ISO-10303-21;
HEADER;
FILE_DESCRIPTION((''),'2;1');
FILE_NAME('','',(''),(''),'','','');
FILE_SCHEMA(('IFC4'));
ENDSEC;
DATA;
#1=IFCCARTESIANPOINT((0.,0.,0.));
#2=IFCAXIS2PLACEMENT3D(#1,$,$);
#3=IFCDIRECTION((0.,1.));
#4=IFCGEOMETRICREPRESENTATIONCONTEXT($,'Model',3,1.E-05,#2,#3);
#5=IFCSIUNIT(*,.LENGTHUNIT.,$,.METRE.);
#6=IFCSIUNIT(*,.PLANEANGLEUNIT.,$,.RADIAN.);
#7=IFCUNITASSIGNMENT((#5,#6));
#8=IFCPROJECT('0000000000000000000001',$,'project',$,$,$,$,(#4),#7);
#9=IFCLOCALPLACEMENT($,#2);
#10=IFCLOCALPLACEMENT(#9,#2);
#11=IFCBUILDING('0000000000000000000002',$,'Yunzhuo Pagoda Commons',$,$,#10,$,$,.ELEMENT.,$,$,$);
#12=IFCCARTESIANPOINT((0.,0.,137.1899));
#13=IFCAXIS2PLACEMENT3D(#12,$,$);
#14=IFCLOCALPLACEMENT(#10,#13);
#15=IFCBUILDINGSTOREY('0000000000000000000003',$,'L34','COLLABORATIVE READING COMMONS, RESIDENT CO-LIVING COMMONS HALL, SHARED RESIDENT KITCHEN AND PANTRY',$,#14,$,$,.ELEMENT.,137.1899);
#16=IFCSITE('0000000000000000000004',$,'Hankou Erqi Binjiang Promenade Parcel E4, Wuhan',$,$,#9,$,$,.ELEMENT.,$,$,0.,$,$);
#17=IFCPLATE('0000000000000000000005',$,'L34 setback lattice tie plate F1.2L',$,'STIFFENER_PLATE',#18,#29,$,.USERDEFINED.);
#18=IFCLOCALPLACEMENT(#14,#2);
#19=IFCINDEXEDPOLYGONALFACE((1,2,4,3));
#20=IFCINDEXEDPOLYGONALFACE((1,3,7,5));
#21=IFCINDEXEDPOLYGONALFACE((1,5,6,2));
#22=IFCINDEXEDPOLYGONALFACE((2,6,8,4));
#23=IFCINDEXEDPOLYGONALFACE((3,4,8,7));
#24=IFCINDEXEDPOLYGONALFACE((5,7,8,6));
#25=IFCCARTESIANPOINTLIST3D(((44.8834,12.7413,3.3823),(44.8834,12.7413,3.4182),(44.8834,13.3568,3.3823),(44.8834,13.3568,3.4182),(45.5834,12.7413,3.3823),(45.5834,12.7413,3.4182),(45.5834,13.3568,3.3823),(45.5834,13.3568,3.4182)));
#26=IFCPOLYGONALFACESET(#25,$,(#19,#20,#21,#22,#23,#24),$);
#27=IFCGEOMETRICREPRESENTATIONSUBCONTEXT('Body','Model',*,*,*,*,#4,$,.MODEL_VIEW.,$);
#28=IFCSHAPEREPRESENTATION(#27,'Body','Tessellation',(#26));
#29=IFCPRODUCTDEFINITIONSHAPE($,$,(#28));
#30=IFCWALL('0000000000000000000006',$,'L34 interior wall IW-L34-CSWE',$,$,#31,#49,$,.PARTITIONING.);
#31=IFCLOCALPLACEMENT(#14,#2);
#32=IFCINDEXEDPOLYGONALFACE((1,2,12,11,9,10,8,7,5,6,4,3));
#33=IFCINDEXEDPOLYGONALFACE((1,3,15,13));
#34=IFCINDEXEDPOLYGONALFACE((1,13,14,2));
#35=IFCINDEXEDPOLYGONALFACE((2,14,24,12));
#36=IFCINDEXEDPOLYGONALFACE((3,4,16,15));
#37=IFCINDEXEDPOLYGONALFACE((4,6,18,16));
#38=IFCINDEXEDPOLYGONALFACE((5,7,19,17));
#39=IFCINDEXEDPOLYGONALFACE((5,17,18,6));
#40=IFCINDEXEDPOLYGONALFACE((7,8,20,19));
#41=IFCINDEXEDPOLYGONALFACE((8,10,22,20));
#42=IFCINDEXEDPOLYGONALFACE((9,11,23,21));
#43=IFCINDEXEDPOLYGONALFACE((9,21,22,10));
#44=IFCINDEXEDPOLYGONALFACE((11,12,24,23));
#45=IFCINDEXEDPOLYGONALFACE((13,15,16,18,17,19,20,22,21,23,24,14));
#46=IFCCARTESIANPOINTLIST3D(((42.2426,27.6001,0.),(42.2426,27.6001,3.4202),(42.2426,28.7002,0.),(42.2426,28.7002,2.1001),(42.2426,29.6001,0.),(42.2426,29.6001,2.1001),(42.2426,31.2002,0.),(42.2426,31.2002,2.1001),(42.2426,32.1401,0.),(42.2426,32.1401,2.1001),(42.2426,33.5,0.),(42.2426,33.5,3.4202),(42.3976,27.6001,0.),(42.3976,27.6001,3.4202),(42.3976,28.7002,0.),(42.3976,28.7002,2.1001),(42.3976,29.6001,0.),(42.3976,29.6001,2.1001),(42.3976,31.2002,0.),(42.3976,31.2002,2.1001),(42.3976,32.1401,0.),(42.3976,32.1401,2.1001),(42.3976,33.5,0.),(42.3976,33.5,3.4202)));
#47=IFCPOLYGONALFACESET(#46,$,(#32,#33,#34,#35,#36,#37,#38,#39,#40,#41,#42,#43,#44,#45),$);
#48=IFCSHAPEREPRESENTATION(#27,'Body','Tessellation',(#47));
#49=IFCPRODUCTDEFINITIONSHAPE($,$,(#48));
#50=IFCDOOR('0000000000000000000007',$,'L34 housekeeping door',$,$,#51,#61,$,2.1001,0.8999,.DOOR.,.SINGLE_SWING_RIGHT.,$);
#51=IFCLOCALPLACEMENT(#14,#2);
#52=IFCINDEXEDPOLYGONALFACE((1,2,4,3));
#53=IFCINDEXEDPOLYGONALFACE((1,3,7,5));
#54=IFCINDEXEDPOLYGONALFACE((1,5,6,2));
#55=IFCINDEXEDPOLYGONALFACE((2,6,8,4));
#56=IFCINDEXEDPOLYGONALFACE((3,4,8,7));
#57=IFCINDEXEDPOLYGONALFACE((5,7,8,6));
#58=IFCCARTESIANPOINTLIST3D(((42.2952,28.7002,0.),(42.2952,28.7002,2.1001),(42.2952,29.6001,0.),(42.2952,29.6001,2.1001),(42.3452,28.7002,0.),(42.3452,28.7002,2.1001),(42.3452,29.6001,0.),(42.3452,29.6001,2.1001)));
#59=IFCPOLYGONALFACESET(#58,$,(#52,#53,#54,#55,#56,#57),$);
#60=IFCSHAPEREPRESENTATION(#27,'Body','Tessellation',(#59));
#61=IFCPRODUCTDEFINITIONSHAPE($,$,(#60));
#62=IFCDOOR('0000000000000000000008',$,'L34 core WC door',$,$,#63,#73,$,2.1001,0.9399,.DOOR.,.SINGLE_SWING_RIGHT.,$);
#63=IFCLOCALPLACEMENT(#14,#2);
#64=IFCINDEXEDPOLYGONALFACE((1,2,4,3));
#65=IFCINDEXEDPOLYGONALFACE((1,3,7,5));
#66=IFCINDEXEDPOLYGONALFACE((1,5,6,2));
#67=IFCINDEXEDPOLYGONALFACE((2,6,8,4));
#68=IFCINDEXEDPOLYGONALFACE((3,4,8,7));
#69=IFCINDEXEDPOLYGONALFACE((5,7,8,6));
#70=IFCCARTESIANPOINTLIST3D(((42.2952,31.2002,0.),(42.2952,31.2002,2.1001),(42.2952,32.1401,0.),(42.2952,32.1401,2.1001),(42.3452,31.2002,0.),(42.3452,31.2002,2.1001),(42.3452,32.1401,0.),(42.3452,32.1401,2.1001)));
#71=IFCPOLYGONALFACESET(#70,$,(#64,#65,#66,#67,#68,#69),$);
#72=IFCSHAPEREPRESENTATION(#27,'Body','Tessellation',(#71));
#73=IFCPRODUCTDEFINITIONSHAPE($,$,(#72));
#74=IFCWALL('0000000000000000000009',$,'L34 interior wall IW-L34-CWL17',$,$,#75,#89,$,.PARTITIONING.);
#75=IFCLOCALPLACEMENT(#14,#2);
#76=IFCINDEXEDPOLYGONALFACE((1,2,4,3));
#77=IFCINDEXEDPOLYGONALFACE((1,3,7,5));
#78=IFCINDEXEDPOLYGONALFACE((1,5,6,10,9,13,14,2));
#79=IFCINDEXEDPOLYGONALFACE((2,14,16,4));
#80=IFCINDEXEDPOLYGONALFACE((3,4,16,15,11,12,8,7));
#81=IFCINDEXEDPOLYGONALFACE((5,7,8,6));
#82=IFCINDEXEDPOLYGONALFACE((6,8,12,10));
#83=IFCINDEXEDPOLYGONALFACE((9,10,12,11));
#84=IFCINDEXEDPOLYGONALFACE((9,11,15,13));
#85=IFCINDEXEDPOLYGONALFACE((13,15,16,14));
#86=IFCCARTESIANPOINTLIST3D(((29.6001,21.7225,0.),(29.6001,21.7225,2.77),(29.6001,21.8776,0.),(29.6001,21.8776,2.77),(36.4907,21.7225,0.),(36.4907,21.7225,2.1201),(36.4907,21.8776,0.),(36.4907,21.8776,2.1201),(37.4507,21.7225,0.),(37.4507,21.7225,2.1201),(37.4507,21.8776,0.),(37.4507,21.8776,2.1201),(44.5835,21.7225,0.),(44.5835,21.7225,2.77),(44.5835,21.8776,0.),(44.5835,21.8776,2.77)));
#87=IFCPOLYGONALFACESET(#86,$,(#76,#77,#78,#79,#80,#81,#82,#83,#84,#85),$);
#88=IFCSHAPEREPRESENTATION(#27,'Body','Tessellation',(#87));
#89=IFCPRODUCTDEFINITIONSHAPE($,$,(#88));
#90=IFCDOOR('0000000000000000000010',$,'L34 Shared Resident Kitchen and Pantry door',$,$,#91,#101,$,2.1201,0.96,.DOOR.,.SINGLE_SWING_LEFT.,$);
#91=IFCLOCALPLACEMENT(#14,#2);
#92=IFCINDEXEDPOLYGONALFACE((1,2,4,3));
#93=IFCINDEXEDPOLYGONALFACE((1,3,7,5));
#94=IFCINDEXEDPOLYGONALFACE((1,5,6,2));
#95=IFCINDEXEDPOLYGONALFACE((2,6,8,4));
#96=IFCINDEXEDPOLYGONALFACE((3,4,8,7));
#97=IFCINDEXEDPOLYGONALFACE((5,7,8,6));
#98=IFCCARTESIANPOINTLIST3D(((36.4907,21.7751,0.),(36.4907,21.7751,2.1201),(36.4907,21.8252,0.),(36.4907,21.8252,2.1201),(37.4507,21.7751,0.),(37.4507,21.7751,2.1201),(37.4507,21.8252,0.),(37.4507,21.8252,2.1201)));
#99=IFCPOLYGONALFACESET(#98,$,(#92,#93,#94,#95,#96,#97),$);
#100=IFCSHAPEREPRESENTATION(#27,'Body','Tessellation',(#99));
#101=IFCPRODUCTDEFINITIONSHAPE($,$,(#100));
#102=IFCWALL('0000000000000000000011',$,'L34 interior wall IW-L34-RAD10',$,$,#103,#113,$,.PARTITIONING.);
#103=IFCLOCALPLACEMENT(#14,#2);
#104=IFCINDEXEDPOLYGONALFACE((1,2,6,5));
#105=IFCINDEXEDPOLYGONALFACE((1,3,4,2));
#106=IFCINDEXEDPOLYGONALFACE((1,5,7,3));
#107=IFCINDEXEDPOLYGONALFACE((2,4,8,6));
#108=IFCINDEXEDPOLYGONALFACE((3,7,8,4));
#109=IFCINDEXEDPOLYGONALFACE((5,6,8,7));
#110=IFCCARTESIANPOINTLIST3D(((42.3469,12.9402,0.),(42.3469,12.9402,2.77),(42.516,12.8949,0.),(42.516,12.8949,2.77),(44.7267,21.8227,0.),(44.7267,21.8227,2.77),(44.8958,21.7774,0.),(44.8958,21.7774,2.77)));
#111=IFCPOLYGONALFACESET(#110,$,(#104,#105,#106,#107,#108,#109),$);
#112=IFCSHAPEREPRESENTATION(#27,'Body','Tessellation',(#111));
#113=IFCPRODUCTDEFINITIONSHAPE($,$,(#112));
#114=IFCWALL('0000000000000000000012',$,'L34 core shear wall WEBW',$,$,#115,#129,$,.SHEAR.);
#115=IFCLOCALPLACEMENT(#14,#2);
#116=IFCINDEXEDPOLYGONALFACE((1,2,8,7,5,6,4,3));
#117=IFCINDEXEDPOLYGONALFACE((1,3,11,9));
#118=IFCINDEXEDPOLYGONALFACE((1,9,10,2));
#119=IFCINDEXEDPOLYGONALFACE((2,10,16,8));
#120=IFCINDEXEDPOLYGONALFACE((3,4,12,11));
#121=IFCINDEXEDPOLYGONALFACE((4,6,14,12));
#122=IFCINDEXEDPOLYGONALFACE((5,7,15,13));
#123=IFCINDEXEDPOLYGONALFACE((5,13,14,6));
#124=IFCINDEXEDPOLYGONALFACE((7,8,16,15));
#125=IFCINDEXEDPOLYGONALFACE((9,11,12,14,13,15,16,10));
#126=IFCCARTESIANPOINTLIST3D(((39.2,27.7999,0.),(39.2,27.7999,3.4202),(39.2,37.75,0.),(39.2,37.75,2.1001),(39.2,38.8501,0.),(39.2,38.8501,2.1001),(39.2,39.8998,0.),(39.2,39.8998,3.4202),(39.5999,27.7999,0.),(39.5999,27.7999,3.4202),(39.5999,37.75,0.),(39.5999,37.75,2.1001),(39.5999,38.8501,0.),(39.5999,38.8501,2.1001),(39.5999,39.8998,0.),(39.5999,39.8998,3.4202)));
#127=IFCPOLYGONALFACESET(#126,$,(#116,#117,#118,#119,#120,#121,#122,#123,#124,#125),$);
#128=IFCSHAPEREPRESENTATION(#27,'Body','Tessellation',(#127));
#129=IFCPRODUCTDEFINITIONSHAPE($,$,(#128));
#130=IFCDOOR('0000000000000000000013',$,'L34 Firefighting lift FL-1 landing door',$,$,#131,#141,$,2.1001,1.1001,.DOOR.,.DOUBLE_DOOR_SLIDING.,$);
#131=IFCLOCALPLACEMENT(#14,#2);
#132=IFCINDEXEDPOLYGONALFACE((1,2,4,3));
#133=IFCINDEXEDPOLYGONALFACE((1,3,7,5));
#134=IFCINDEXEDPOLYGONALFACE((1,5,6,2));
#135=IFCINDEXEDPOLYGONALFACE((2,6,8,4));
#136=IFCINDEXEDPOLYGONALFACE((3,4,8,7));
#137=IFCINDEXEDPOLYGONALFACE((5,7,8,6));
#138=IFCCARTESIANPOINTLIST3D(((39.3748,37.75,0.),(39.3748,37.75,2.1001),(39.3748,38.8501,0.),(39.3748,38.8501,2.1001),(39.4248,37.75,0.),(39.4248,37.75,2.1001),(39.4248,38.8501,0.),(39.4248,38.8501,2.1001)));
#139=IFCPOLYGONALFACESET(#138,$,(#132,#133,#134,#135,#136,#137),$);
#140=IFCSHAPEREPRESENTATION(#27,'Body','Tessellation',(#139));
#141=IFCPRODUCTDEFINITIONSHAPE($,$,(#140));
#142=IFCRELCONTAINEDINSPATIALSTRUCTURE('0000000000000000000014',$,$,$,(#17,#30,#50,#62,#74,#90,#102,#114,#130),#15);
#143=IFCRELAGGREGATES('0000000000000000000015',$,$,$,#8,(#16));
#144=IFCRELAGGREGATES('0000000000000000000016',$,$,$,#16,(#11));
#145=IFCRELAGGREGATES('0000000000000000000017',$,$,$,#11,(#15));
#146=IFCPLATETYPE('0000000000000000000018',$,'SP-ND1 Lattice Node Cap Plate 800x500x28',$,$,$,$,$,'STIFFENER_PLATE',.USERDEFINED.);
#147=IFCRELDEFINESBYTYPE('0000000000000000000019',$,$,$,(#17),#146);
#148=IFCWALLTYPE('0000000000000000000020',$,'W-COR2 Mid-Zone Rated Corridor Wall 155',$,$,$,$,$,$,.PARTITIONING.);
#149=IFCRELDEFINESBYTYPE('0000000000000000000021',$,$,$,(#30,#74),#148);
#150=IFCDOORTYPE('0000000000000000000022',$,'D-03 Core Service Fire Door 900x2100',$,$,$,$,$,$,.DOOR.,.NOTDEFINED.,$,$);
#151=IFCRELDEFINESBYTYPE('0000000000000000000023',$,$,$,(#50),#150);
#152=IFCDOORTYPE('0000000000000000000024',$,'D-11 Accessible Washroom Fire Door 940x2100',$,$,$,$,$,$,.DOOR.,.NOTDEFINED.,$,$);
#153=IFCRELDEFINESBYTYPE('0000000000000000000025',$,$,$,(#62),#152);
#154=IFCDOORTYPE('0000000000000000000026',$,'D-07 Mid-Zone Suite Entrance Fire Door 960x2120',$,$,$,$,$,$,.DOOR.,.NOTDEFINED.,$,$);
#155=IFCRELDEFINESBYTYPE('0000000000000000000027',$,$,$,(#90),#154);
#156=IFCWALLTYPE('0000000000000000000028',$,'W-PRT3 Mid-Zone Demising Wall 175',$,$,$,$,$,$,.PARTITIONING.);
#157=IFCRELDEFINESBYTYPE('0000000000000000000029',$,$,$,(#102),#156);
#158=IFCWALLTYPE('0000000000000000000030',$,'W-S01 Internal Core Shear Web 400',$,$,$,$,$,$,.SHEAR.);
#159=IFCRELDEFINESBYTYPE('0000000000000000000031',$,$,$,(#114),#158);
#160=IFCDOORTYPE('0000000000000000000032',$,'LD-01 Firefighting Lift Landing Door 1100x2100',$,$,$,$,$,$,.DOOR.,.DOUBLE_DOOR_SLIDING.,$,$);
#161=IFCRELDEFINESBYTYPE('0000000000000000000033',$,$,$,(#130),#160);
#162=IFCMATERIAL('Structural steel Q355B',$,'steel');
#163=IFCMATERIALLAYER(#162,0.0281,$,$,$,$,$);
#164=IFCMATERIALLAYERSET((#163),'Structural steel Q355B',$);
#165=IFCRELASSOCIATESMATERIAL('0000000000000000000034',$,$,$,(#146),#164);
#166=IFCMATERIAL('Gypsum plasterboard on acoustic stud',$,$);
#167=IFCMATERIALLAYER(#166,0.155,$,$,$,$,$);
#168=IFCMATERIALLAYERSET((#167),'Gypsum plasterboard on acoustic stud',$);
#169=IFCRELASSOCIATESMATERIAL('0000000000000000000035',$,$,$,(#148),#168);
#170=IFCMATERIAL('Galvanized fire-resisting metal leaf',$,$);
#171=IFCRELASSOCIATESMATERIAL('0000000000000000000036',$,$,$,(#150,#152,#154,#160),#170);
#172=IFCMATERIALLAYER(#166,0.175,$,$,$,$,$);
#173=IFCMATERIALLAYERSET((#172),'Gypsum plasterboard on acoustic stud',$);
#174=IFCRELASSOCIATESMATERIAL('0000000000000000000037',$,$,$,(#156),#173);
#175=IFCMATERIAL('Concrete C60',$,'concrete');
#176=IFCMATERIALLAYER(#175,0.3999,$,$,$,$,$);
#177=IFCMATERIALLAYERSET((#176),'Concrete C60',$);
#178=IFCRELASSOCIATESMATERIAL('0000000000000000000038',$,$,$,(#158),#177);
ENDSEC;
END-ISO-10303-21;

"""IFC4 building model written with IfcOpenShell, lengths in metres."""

from ifc_helpers import new_model, si_unit, direction, frame, frame_2d, origin, origin_with_axes, origin_2d, place, context, subcontext, project, spatial, rectangle, extrude, source, transform, mapped, material, layer, layer_set, type_object, element, fill, save


model = new_model("IFC4")

# Units and contexts
model_context = context("Model", 3, precision=1e-05, world=origin(), true_north=direction((0.0, 1.0)))
body_context = subcontext(model_context, "Body", "Model", "MODEL_VIEW")
ifc_project = project(units=[si_unit("LENGTHUNIT", "METRE"), si_unit("PLANEANGLEUNIT", "RADIAN")], contexts=[model_context])

# Site, building, storey
site_placement = place(None, origin())
site = spatial("IfcSite", under=ifc_project, at=site_placement, Name="Hankou Erqi Binjiang Promenade Parcel E4, Wuhan", CompositionType="ELEMENT", RefElevation=0.0)
building_placement = place(site_placement, origin())
building = spatial("IfcBuilding", under=site, at=building_placement, Name="Yunzhuo Pagoda Commons", CompositionType="ELEMENT")
storey_placement = place(building_placement, frame((0.0, 0.0, 137.1899)))
storey = spatial("IfcBuildingStorey", under=building, at=storey_placement, Name="L34", Description="COLLABORATIVE READING COMMONS, RESIDENT CO-LIVING COMMONS HALL, SHARED RESIDENT KITCHEN AND PANTRY", CompositionType="ELEMENT", Elevation=137.1899)

# Shared definitions
ifc_material_1 = material(Name="Structural steel Q355B", Category="steel")

# Plate
ifc_layer_1 = layer(ifc_material_1, 0.0281)
ifc_layer_set_1 = layer_set([ifc_layer_1], Name="Structural steel Q355B")
plate_type_1 = type_object("IfcPlateType", Name="SP-ND1 Lattice Node Cap Plate 800x500x28", ElementType="STIFFENER_PLATE", PredefinedType="USERDEFINED", material=ifc_layer_set_1)
shared_shape_1 = source(origin(), body_context, "Body", "SweptSolid", [
    extrude(rectangle(XDim=0.7, YDim=0.6155, at=origin_2d()), origin(), (0.0, 0.0, 1.0), 0.0359),
])
plate_1_placement = place(storey_placement, frame((45.2334, 13.0491, 3.3823), z_axis=(0.0, 0.0, 1.0), x_axis=(1.0, 0.0, 0.0)))
element("IfcPlate", 1, at=plate_1_placement, inside=storey, type_object=plate_type_1, Name="L34 setback lattice tie plate F1.2L", ObjectType="STIFFENER_PLATE", PredefinedType="USERDEFINED", context=body_context, shape_type="MappedRepresentation", body=[
    mapped(shared_shape_1, transform((0.0, 0.0, 0.0), scale=1.0)),
])

# Wall, openings, doors
ifc_material_2 = material(Name="Gypsum plasterboard on acoustic stud")
ifc_layer_2 = layer(ifc_material_2, 0.155)
ifc_layer_set_2 = layer_set([ifc_layer_2], Name="Gypsum plasterboard on acoustic stud")
wall_type_1 = type_object("IfcWallType", Name="W-COR2 Mid-Zone Rated Corridor Wall 155", PredefinedType="PARTITIONING", material=ifc_layer_set_2)
wall_1_placement = place(storey_placement, frame((42.3201, 27.6001, 0.0), z_axis=(0.0, 0.0, 1.0), x_axis=(0.0, 1.0, 0.0)))
wall_1 = element("IfcWall", 2, at=wall_1_placement, inside=storey, type_object=wall_type_1, Name="L34 interior wall IW-L34-CSWE", PredefinedType="PARTITIONING", context=body_context, shape_type="SweptSolid", body=[
    extrude(rectangle(XDim=5.8999, YDim=0.155, at=frame_2d((2.95, 0.0))), origin(), (0.0, 0.0, 1.0), 3.4202),
])
opening_1_placement = place(wall_1_placement, frame((1.1001, 0.0, 0.0)))
opening_1 = element("IfcOpeningElement", 3, at=opening_1_placement, cuts=wall_1, PredefinedType="OPENING", context=body_context, shape_type="SweptSolid", body=[
    extrude(rectangle(XDim=0.8999, YDim=2.1001, at=frame_2d((0.45, 1.05))), frame((0.0, 0.0874, 0.0), z_axis=(0.0, -1.0, 0.0), x_axis=(1.0, 0.0, 0.0)), (0.0, 0.0, 1.0), 0.175),
])
opening_2_placement = place(wall_1_placement, frame((3.6001, 0.0, 0.0)))
opening_2 = element("IfcOpeningElement", 4, at=opening_2_placement, cuts=wall_1, PredefinedType="OPENING", context=body_context, shape_type="SweptSolid", body=[
    extrude(rectangle(XDim=0.9399, YDim=2.1001, at=frame_2d((0.47, 1.05))), frame((0.0, 0.0874, 0.0), z_axis=(0.0, -1.0, 0.0), x_axis=(1.0, 0.0, 0.0)), (0.0, 0.0, 1.0), 0.175),
])
ifc_material_3 = material(Name="Galvanized fire-resisting metal leaf")
door_type_1 = type_object("IfcDoorType", Name="D-03 Core Service Fire Door 900x2100", OperationType="NOTDEFINED", PredefinedType="DOOR", material=ifc_material_3)
shared_shape_2 = source(origin(), body_context, "Body", "SweptSolid", [
    extrude(rectangle(XDim=0.8999, YDim=2.1001, at=frame_2d((0.45, 1.05))), frame((0.0, 0.0249, 0.0), z_axis=(0.0, -1.0, 0.0), x_axis=(1.0, 0.0, 0.0)), (0.0, 0.0, 1.0), 0.05),
])
door_1_placement = place(opening_1_placement, origin_with_axes())
door_1 = element("IfcDoor", 5, at=door_1_placement, inside=storey, type_object=door_type_1, Name="L34 housekeeping door", OperationType="SINGLE_SWING_RIGHT", OverallHeight=2.1001, OverallWidth=0.8999, PredefinedType="DOOR", context=body_context, shape_type="MappedRepresentation", body=[
    mapped(shared_shape_2, transform((0.0, 0.0, 0.0), scale=1.0)),
])
fill(opening_1, door_1)
door_type_2 = type_object("IfcDoorType", Name="D-11 Accessible Washroom Fire Door 940x2100", OperationType="NOTDEFINED", PredefinedType="DOOR", material=ifc_material_3)
shared_shape_3 = source(origin(), body_context, "Body", "SweptSolid", [
    extrude(rectangle(XDim=0.9399, YDim=2.1001, at=frame_2d((0.47, 1.05))), frame((0.0, 0.0249, 0.0), z_axis=(0.0, -1.0, 0.0), x_axis=(1.0, 0.0, 0.0)), (0.0, 0.0, 1.0), 0.05),
])
door_2_placement = place(opening_2_placement, origin_with_axes())
door_2 = element("IfcDoor", 6, at=door_2_placement, inside=storey, type_object=door_type_2, Name="L34 core WC door", OperationType="SINGLE_SWING_RIGHT", OverallHeight=2.1001, OverallWidth=0.9399, PredefinedType="DOOR", context=body_context, shape_type="MappedRepresentation", body=[
    mapped(shared_shape_3, transform((0.0, 0.0, 0.0), scale=1.0)),
])
fill(opening_2, door_2)

# Wall, opening, door
wall_2_placement = place(storey_placement, frame((44.5835, 21.8, 0.0), z_axis=(0.0, 0.0, 1.0), x_axis=(-1.0, 0.0, 0.0)))
wall_2 = element("IfcWall", 7, at=wall_2_placement, inside=storey, type_object=wall_type_1, Name="L34 interior wall IW-L34-CWL17", PredefinedType="PARTITIONING", context=body_context, shape_type="SweptSolid", body=[
    extrude(rectangle(XDim=14.9834, YDim=0.155, at=frame_2d((7.4917, 0.0))), origin(), (0.0, 0.0, 1.0), 2.77),
])
opening_3_placement = place(wall_2_placement, frame((7.1328, 0.0, 0.0)))
opening_3 = element("IfcOpeningElement", 8, at=opening_3_placement, cuts=wall_2, PredefinedType="OPENING", context=body_context, shape_type="SweptSolid", body=[
    extrude(rectangle(XDim=0.96, YDim=2.1201, at=frame_2d((0.48, 1.0601))), frame((0.0, 0.0874, 0.0), z_axis=(0.0, -1.0, 0.0), x_axis=(1.0, 0.0, 0.0)), (0.0, 0.0, 1.0), 0.175),
])
door_type_3 = type_object("IfcDoorType", Name="D-07 Mid-Zone Suite Entrance Fire Door 960x2120", OperationType="NOTDEFINED", PredefinedType="DOOR", material=ifc_material_3)
shared_shape_4 = source(origin(), body_context, "Body", "SweptSolid", [
    extrude(rectangle(XDim=0.96, YDim=2.1201, at=frame_2d((0.48, 1.0601))), frame((0.0, 0.0249, 0.0), z_axis=(0.0, -1.0, 0.0), x_axis=(1.0, 0.0, 0.0)), (0.0, 0.0, 1.0), 0.05),
])
door_3_placement = place(opening_3_placement, origin_with_axes())
door_3 = element("IfcDoor", 9, at=door_3_placement, inside=storey, type_object=door_type_3, Name="L34 Shared Resident Kitchen and Pantry door", OperationType="SINGLE_SWING_LEFT", OverallHeight=2.1201, OverallWidth=0.96, PredefinedType="DOOR", context=body_context, shape_type="MappedRepresentation", body=[
    mapped(shared_shape_4, transform((0.0, 0.0, 0.0), scale=1.0)),
])
fill(opening_3, door_3)

# Wall
ifc_layer_3 = layer(ifc_material_2, 0.175)
ifc_layer_set_3 = layer_set([ifc_layer_3], Name="Gypsum plasterboard on acoustic stud")
wall_type_2 = type_object("IfcWallType", Name="W-PRT3 Mid-Zone Demising Wall 175", PredefinedType="PARTITIONING", material=ifc_layer_set_3)
wall_3_placement = place(storey_placement, frame((44.8113, 21.8, 0.0), z_axis=(0.0, 0.0, 1.0), x_axis=(-0.258799, -0.965931, 0.0)))
element("IfcWall", 10, at=wall_3_placement, inside=storey, type_object=wall_type_2, Name="L34 interior wall IW-L34-RAD10", PredefinedType="PARTITIONING", context=body_context, shape_type="SweptSolid", body=[
    extrude(rectangle(XDim=9.1958, YDim=0.175, at=frame_2d((4.5979, 0.0))), origin(), (0.0, 0.0, 1.0), 2.77),
])

# Wall, opening, door
ifc_material_4 = material(Name="Concrete C60", Category="concrete")
ifc_layer_4 = layer(ifc_material_4, 0.3999)
ifc_layer_set_4 = layer_set([ifc_layer_4], Name="Concrete C60")
wall_type_3 = type_object("IfcWallType", Name="W-S01 Internal Core Shear Web 400", PredefinedType="SHEAR", material=ifc_layer_set_4)
wall_4_placement = place(storey_placement, frame((39.3999, 27.8, 0.0), z_axis=(0.0, 0.0, 1.0), x_axis=(0.0, 1.0, 0.0)))
wall_4 = element("IfcWall", 11, at=wall_4_placement, inside=storey, type_object=wall_type_3, Name="L34 core shear wall WEBW", PredefinedType="SHEAR", context=body_context, shape_type="SweptSolid", body=[
    extrude(rectangle(XDim=12.0999, YDim=0.3999, at=frame_2d((6.0498, 0.0))), origin(), (0.0, 0.0, 1.0), 3.4202),
])
opening_4_placement = place(wall_4_placement, frame((9.95, 0.0, 0.0)))
opening_4 = element("IfcOpeningElement", 12, at=opening_4_placement, cuts=wall_4, PredefinedType="OPENING", context=body_context, shape_type="SweptSolid", body=[
    extrude(rectangle(XDim=1.1001, YDim=2.1001, at=frame_2d((0.55, 1.05))), frame((0.0, 0.21, 0.0), z_axis=(0.0, -1.0, 0.0), x_axis=(1.0, 0.0, 0.0)), (0.0, 0.0, 1.0), 0.4199),
])
door_type_4 = type_object("IfcDoorType", Name="LD-01 Firefighting Lift Landing Door 1100x2100", OperationType="DOUBLE_DOOR_SLIDING", PredefinedType="DOOR", material=ifc_material_3)
shared_shape_5 = source(origin(), body_context, "Body", "SweptSolid", [
    extrude(rectangle(XDim=1.1001, YDim=2.1001, at=frame_2d((0.55, 1.05))), frame((0.0, 0.0249, 0.0), z_axis=(0.0, -1.0, 0.0), x_axis=(1.0, 0.0, 0.0)), (0.0, 0.0, 1.0), 0.05),
])
door_4_placement = place(opening_4_placement, frame((1.1001, 0.0, 0.0), z_axis=(0.0, 0.0, 1.0), x_axis=(-1.0, 0.0, 0.0)))
door_4 = element("IfcDoor", 13, at=door_4_placement, inside=storey, type_object=door_type_4, Name="L34 Firefighting lift FL-1 landing door", OperationType="DOUBLE_DOOR_SLIDING", OverallHeight=2.1001, OverallWidth=1.1001, PredefinedType="DOOR", context=body_context, shape_type="MappedRepresentation", body=[
    mapped(shared_shape_5, transform((0.0, 0.0, 0.0), scale=1.0)),
])
fill(opening_4, door_4)

save(model, "model.ifc")
